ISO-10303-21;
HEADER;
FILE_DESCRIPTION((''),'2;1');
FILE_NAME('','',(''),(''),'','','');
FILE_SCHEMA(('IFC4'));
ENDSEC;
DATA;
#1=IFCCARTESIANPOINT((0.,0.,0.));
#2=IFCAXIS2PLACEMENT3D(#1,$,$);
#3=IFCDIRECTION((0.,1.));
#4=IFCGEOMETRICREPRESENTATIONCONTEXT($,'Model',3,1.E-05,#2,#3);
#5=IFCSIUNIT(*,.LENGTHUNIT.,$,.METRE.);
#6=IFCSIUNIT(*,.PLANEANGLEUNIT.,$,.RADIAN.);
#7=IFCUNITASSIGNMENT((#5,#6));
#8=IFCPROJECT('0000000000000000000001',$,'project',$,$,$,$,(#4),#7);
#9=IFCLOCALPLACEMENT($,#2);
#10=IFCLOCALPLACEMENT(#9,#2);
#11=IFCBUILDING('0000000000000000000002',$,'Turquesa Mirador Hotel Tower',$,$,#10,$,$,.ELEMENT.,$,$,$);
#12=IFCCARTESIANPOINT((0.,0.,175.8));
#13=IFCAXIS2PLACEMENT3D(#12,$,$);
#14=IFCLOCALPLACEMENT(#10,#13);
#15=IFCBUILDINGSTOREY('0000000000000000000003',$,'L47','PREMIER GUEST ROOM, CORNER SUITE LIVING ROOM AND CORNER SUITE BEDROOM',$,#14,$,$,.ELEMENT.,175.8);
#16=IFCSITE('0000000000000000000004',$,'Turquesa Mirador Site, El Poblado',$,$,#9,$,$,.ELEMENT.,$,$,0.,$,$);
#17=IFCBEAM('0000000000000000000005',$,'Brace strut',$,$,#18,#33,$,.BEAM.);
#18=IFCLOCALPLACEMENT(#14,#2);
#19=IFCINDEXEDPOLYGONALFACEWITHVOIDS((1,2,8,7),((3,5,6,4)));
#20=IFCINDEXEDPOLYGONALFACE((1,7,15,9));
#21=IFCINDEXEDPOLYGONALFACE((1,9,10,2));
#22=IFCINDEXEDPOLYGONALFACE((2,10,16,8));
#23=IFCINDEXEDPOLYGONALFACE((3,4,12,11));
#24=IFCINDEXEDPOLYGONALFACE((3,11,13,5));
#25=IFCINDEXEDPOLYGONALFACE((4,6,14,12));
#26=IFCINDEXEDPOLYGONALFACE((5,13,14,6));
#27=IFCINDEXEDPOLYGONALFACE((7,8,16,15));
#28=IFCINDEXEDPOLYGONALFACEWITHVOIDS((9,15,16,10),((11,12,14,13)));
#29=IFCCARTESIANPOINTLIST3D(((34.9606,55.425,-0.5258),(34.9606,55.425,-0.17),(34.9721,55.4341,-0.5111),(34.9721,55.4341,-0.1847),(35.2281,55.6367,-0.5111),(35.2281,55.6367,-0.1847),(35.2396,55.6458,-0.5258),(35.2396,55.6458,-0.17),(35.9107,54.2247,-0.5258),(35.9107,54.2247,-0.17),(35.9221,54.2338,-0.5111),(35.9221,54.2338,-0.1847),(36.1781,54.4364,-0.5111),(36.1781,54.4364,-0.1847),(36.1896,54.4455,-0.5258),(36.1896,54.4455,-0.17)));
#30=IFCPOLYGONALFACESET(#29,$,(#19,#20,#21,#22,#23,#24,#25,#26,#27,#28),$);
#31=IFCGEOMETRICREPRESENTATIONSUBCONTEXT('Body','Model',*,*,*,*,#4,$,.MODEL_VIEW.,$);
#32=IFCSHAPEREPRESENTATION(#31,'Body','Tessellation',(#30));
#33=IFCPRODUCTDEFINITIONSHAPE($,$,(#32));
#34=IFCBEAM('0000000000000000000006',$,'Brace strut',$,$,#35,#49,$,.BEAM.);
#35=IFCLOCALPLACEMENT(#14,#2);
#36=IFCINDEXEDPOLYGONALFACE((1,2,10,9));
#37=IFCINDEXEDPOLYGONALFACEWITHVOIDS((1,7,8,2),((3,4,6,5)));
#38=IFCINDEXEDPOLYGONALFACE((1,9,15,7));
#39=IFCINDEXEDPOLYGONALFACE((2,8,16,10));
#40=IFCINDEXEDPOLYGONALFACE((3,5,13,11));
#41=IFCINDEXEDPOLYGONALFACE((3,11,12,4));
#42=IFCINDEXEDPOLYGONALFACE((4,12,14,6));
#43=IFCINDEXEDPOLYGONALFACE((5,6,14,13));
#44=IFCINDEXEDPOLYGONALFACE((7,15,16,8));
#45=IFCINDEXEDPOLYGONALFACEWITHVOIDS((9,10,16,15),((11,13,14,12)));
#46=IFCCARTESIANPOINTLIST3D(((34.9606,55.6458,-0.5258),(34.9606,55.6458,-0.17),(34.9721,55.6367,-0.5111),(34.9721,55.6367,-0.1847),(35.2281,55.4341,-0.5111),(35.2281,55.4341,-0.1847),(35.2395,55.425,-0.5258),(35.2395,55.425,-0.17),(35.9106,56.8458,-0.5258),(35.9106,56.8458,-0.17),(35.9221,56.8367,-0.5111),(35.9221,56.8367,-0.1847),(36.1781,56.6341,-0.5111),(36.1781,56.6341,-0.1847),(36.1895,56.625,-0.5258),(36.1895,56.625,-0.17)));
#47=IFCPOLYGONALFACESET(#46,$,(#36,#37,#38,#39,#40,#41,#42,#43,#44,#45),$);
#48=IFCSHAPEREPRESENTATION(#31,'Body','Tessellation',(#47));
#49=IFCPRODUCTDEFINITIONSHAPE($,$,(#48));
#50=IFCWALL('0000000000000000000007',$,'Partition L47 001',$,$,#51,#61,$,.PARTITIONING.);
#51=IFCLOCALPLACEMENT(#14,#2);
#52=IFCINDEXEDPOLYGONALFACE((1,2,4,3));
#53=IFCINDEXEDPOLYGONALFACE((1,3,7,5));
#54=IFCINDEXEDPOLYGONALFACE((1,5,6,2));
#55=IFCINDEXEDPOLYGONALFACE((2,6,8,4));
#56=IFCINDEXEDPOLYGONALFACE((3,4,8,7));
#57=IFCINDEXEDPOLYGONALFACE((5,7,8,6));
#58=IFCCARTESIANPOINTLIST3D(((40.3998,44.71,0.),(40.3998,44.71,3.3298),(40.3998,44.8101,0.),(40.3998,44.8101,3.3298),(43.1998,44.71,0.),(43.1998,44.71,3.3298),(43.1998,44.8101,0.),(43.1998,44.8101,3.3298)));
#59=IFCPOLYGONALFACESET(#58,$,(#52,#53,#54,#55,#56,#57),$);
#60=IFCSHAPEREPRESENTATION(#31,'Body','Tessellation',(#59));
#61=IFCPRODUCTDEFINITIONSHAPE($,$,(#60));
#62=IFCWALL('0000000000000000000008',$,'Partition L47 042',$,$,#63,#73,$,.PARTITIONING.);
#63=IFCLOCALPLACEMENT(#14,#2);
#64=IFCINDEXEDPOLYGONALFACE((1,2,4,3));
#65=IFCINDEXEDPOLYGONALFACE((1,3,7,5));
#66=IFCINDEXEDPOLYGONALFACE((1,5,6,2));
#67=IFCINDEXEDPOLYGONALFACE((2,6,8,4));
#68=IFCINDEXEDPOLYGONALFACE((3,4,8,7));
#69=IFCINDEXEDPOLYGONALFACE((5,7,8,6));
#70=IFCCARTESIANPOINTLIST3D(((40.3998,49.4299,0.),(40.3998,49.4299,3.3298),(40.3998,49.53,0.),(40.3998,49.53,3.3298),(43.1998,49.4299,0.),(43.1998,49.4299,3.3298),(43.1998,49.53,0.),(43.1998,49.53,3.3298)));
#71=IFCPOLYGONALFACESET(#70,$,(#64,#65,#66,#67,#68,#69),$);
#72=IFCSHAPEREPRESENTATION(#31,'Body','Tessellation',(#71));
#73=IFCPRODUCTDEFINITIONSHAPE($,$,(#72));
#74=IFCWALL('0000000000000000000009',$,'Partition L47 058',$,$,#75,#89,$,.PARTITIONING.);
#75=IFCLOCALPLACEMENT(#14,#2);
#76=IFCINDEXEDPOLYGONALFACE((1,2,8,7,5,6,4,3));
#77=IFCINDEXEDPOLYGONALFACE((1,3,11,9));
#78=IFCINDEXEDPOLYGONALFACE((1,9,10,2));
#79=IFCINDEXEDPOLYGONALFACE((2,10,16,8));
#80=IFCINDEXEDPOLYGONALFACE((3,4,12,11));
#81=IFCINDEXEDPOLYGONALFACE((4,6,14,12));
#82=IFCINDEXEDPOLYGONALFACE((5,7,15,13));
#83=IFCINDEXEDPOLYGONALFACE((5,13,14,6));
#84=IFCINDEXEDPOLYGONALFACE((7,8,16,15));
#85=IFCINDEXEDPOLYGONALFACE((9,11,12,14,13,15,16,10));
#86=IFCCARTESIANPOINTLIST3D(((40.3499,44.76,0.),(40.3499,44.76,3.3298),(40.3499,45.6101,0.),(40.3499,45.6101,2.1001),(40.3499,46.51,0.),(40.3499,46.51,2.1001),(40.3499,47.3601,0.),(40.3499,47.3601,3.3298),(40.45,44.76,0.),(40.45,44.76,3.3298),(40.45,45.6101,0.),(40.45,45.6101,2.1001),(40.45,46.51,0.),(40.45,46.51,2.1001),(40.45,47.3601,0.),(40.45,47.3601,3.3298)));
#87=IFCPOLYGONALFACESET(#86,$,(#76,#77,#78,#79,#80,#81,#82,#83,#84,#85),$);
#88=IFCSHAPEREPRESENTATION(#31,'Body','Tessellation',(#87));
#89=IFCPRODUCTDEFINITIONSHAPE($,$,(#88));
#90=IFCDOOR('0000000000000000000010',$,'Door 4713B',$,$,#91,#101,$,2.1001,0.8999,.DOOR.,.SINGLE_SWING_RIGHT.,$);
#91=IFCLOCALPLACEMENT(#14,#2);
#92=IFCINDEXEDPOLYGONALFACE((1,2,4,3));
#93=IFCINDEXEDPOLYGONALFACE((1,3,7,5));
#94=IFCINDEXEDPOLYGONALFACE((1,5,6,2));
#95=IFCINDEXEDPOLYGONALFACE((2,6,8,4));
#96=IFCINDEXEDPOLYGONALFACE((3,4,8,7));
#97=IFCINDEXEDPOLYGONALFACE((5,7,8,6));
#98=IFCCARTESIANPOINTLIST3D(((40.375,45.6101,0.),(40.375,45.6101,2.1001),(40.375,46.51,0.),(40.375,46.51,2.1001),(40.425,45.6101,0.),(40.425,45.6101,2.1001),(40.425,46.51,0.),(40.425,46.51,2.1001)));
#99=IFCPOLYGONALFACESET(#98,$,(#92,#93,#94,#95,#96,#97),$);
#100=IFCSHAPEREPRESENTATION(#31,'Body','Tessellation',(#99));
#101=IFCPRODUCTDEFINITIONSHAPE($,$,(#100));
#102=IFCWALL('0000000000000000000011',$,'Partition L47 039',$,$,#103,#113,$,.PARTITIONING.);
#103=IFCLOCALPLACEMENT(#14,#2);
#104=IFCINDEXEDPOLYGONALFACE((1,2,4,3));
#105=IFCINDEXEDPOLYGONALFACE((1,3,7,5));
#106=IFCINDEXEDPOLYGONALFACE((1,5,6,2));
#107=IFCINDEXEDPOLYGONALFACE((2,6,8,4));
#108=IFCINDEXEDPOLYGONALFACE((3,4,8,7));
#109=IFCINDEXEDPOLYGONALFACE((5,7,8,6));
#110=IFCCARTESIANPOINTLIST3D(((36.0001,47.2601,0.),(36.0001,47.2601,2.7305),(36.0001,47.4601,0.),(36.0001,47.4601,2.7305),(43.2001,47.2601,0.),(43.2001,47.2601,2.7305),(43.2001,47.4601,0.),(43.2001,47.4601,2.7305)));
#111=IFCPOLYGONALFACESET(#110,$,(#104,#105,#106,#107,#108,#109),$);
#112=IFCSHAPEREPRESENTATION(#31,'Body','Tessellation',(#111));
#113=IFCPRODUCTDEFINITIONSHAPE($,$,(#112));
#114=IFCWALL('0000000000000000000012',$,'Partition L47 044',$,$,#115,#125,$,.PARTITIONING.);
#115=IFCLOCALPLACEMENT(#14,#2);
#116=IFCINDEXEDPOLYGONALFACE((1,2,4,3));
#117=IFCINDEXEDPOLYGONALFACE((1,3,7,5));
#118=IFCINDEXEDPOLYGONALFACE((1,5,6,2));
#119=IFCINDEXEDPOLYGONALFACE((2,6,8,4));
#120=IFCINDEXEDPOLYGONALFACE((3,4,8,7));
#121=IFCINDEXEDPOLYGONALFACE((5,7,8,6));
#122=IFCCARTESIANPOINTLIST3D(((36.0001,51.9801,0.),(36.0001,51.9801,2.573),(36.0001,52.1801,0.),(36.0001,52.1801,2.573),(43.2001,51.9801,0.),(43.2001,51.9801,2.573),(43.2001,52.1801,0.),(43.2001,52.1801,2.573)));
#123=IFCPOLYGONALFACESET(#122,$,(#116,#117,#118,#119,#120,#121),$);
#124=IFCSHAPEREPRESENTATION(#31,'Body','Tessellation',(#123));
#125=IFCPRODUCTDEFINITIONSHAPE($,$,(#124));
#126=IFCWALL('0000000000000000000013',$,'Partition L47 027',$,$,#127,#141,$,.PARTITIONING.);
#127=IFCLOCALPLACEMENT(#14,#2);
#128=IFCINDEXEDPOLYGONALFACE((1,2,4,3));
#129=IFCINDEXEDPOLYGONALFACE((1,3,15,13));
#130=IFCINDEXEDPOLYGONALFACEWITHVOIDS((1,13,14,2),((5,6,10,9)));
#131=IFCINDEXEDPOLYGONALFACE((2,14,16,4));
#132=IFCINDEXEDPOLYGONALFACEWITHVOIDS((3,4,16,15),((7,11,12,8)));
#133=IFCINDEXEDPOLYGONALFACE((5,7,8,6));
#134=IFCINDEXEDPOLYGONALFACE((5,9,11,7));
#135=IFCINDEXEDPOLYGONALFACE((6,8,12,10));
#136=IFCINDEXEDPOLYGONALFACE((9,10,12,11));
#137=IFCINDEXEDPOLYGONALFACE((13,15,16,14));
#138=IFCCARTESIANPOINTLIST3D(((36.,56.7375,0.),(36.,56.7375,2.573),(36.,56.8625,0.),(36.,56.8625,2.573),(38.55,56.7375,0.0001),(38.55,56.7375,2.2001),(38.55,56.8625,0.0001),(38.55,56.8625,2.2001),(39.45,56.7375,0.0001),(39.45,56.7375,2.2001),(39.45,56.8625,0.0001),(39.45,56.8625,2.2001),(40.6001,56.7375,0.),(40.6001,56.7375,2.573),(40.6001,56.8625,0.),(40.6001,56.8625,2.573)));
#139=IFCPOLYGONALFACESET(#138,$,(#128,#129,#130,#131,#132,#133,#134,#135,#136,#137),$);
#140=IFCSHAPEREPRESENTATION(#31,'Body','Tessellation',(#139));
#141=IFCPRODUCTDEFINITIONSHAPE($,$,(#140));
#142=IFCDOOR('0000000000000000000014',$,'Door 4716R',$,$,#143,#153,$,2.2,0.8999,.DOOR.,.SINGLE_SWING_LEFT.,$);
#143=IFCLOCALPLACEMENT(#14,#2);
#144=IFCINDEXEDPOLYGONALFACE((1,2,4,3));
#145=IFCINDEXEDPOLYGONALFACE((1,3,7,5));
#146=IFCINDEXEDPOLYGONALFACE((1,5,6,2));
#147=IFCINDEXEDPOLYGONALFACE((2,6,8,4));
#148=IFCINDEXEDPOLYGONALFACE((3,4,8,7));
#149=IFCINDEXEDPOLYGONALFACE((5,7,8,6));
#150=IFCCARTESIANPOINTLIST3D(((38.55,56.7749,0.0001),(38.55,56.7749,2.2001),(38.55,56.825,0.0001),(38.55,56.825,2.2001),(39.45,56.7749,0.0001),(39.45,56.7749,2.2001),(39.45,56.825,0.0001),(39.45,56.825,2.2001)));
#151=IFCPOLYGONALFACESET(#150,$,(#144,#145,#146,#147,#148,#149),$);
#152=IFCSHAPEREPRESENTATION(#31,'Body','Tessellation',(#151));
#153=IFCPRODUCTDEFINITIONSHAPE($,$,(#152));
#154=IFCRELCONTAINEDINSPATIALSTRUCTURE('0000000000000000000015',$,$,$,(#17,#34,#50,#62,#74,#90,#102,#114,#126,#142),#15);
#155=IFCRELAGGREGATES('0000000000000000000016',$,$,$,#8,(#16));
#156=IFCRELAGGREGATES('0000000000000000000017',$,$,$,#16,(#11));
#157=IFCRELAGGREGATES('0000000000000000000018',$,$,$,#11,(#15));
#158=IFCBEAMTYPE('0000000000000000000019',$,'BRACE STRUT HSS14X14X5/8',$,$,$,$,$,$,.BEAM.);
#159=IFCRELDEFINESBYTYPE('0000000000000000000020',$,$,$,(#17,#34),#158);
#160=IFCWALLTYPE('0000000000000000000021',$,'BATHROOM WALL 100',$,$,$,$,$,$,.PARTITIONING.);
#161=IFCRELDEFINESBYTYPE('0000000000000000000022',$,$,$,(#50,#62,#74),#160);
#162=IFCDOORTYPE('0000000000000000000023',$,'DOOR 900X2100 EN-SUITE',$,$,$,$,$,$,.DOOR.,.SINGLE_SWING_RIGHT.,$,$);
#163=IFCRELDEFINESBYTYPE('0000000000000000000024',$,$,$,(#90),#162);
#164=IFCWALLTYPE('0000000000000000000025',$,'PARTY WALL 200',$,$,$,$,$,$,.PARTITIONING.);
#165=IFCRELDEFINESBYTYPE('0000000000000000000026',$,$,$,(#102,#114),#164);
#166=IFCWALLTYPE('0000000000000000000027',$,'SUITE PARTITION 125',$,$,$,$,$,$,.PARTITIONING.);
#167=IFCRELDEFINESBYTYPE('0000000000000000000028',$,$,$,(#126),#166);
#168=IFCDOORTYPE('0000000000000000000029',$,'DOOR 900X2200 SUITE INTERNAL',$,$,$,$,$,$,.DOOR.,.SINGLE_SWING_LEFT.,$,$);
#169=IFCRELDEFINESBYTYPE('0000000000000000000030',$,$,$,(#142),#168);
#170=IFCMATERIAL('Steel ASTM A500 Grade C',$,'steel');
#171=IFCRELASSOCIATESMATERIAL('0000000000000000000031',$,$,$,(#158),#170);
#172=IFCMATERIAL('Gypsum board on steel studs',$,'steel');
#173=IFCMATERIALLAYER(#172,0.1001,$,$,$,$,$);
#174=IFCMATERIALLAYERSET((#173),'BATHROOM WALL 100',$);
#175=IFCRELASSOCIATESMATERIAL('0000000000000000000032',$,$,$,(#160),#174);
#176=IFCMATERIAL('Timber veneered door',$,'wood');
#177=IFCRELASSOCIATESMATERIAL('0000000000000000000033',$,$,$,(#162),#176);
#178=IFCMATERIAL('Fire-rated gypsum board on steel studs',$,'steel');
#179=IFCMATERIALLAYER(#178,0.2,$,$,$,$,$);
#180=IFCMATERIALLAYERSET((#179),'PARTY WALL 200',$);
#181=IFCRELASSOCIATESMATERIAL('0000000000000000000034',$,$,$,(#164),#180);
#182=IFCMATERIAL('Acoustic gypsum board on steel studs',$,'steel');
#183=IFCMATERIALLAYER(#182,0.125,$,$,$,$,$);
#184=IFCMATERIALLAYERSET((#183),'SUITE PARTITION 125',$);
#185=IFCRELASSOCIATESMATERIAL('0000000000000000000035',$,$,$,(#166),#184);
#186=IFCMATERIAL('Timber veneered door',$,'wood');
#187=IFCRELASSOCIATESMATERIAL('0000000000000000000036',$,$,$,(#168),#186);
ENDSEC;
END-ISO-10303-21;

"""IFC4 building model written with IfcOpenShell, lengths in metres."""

from ifc_helpers import new_model, si_unit, direction, frame, frame_2d, origin, origin_2d, place, context, subcontext, project, spatial, rectangle, hollow_rectangle, extrude, material, layer, layer_set, material_profile, profile_set, type_object, element, fill, save


model = new_model("IFC4")

# Units and contexts
model_context = context("Model", 3, precision=1e-05, world=origin(), true_north=direction((0.0, 1.0)))
body_context = subcontext(model_context, "Body", "Model", "MODEL_VIEW")
ifc_project = project(units=[si_unit("LENGTHUNIT", "METRE"), si_unit("PLANEANGLEUNIT", "RADIAN")], contexts=[model_context])

# Site, building, storey
site_placement = place(None, origin())
site = spatial("IfcSite", under=ifc_project, at=site_placement, Name="Turquesa Mirador Site, El Poblado", CompositionType="ELEMENT", RefElevation=0.0)
building_placement = place(site_placement, origin())
building = spatial("IfcBuilding", under=site, at=building_placement, Name="Turquesa Mirador Hotel Tower", CompositionType="ELEMENT")
storey_placement = place(building_placement, frame((0.0, 0.0, 175.8)))
storey = spatial("IfcBuildingStorey", under=building, at=storey_placement, Name="L47", Description="PREMIER GUEST ROOM, CORNER SUITE LIVING ROOM AND CORNER SUITE BEDROOM", CompositionType="ELEMENT", Elevation=175.8)

# Beams
ifc_material_1 = material(Name="Steel ASTM A500 Grade C", Category="steel")
ifc_material_profile_1 = material_profile(ifc_material_1, hollow_rectangle(XDim=0.3557, YDim=0.3557, WallThickness=0.0146, at=origin_2d()), Name="HSS14X14X5/8")
ifc_profile_set_1 = profile_set([ifc_material_profile_1], Name="Steel ASTM A500 Grade C")
beam_type_1 = type_object("IfcBeamType", Name="BRACE STRUT HSS14X14X5/8", PredefinedType="BEAM", material=ifc_profile_set_1)
beam_1_placement = place(storey_placement, frame((35.1001, 55.5354, -0.3479), z_axis=(0.620621, -0.784111, 0.0), x_axis=(0.784111, 0.620621, 0.0)))
element("IfcBeam", 1, at=beam_1_placement, inside=storey, type_object=beam_type_1, Name="Brace strut", PredefinedType="BEAM", context=body_context, shape_type="SweptSolid", body=[
    extrude(hollow_rectangle(XDim=0.3557, YDim=0.3557, WallThickness=0.0146, at=origin_2d()), origin(), (0.0, 0.0, 1.0), 1.5308),
])
beam_2_placement = place(storey_placement, frame((35.1001, 55.5354, -0.3479), z_axis=(0.620699, 0.784049, 0.0), x_axis=(-0.784049, 0.620699, 0.0)))
element("IfcBeam", 2, at=beam_2_placement, inside=storey, type_object=beam_type_1, Name="Brace strut", PredefinedType="BEAM", context=body_context, shape_type="SweptSolid", body=[
    extrude(hollow_rectangle(XDim=0.3557, YDim=0.3557, WallThickness=0.0146, at=origin_2d()), origin(), (0.0, 0.0, 1.0), 1.5305),
])

# Walls
ifc_material_2 = material(Name="Gypsum board on steel studs", Category="steel")
ifc_layer_1 = layer(ifc_material_2, 0.1001)
ifc_layer_set_1 = layer_set([ifc_layer_1], Name="BATHROOM WALL 100")
wall_type_1 = type_object("IfcWallType", Name="BATHROOM WALL 100", PredefinedType="PARTITIONING", material=ifc_layer_set_1)
for number, where, z_axis, x_axis, name in (
    (3, (40.3999, 44.76, 0.0), (0.0, 0.0, 1.0), (1.0, 0.0, 0.0), "Partition L47 001"),
    (4, (40.3999, 49.48, 0.0), (0.0, 0.0, 1.0), (1.0, 0.0, 0.0), "Partition L47 042"),
):
    element("IfcWall", number, at=place(storey_placement, frame(where, z_axis=z_axis, x_axis=x_axis)), inside=storey, type_object=wall_type_1, Name=name, PredefinedType="PARTITIONING", context=body_context, shape_type="SweptSolid", body=[
        extrude(rectangle(XDim=2.8, YDim=0.1001, at=frame_2d((1.3999, 0.0))), origin(), (0.0, 0.0, 1.0), 3.3298),
    ])

# Wall, opening, door
wall_1_placement = place(storey_placement, frame((40.3999, 44.76, 0.0), z_axis=(0.0, 0.0, 1.0), x_axis=(0.0, 1.0, 0.0)))
wall_1 = element("IfcWall", 5, at=wall_1_placement, inside=storey, type_object=wall_type_1, Name="Partition L47 058", PredefinedType="PARTITIONING", context=body_context, shape_type="SweptSolid", body=[
    extrude(rectangle(XDim=2.6001, YDim=0.1001, at=frame_2d((1.3, 0.0))), origin(), (0.0, 0.0, 1.0), 3.3298),
])
opening_1_placement = place(wall_1_placement, frame((0.8501, 0.0, 0.0)))
opening_1 = element("IfcOpeningElement", 6, at=opening_1_placement, cuts=wall_1, PredefinedType="OPENING", context=body_context, shape_type="SweptSolid", body=[
    extrude(rectangle(XDim=0.8999, YDim=2.1001, at=frame_2d((0.45, 1.05))), frame((0.0, 0.0601, 0.0), z_axis=(0.0, -1.0, 0.0), x_axis=(1.0, 0.0, 0.0)), (0.0, 0.0, 1.0), 0.1201),
])
ifc_material_3 = material(Name="Timber veneered door", Category="wood")
door_type_1 = type_object("IfcDoorType", Name="DOOR 900X2100 EN-SUITE", OperationType="SINGLE_SWING_RIGHT", PredefinedType="DOOR", material=ifc_material_3)
door_1_placement = place(opening_1_placement, origin())
door_1 = element("IfcDoor", 7, at=door_1_placement, inside=storey, type_object=door_type_1, Name="Door 4713B", OperationType="SINGLE_SWING_RIGHT", OverallHeight=2.1001, OverallWidth=0.8999, PredefinedType="DOOR", context=body_context, shape_type="SweptSolid", body=[
    extrude(rectangle(XDim=0.8999, YDim=2.1001, at=frame_2d((0.45, 1.05))), frame((0.0, 0.0249, 0.0), z_axis=(0.0, -1.0, 0.0), x_axis=(1.0, 0.0, 0.0)), (0.0, 0.0, 1.0), 0.05),
])
fill(opening_1, door_1)

# Walls
ifc_material_4 = material(Name="Fire-rated gypsum board on steel studs", Category="steel")
ifc_layer_2 = layer(ifc_material_4, 0.2)
ifc_layer_set_2 = layer_set([ifc_layer_2], Name="PARTY WALL 200")
wall_type_2 = type_object("IfcWallType", Name="PARTY WALL 200", PredefinedType="PARTITIONING", material=ifc_layer_set_2)
wall_2_placement = place(storey_placement, frame((36.0, 47.3601, 0.0), z_axis=(0.0, 0.0, 1.0), x_axis=(1.0, 0.0, 0.0)))
element("IfcWall", 8, at=wall_2_placement, inside=storey, type_object=wall_type_2, Name="Partition L47 039", PredefinedType="PARTITIONING", context=body_context, shape_type="SweptSolid", body=[
    extrude(rectangle(XDim=7.2, YDim=0.2, at=frame_2d((3.6001, 0.0))), origin(), (0.0, 0.0, 1.0), 2.7305),
])
wall_3_placement = place(storey_placement, frame((36.0, 52.0801, 0.0), z_axis=(0.0, 0.0, 1.0), x_axis=(1.0, 0.0, 0.0)))
element("IfcWall", 9, at=wall_3_placement, inside=storey, type_object=wall_type_2, Name="Partition L47 044", PredefinedType="PARTITIONING", context=body_context, shape_type="SweptSolid", body=[
    extrude(rectangle(XDim=7.2, YDim=0.2, at=frame_2d((3.6001, 0.0))), origin(), (0.0, 0.0, 1.0), 2.573),
])

# Wall, opening, door
ifc_material_5 = material(Name="Acoustic gypsum board on steel studs", Category="steel")
ifc_layer_3 = layer(ifc_material_5, 0.125)
ifc_layer_set_3 = layer_set([ifc_layer_3], Name="SUITE PARTITION 125")
wall_type_3 = type_object("IfcWallType", Name="SUITE PARTITION 125", PredefinedType="PARTITIONING", material=ifc_layer_set_3)
wall_4_placement = place(storey_placement, frame((36.0, 56.8, 0.0), z_axis=(0.0, 0.0, 1.0), x_axis=(1.0, 0.0, 0.0)))
wall_4 = element("IfcWall", 10, at=wall_4_placement, inside=storey, type_object=wall_type_3, Name="Partition L47 027", PredefinedType="PARTITIONING", context=body_context, shape_type="SweptSolid", body=[
    extrude(rectangle(XDim=4.6001, YDim=0.125, at=frame_2d((2.3, 0.0))), origin(), (0.0, 0.0, 1.0), 2.573),
])
opening_2_placement = place(wall_4_placement, frame((2.55, 0.0, 0.0)))
opening_2 = element("IfcOpeningElement", 11, at=opening_2_placement, cuts=wall_4, PredefinedType="OPENING", context=body_context, shape_type="SweptSolid", body=[
    extrude(rectangle(XDim=0.8999, YDim=2.2, at=frame_2d((0.45, 1.1001))), frame((0.0, 0.0725, 0.0), z_axis=(0.0, -1.0, 0.0), x_axis=(1.0, 0.0, 0.0)), (0.0, 0.0, 1.0), 0.145),
])
ifc_material_6 = material(Name="Timber veneered door", Category="wood")
door_type_2 = type_object("IfcDoorType", Name="DOOR 900X2200 SUITE INTERNAL", OperationType="SINGLE_SWING_LEFT", PredefinedType="DOOR", material=ifc_material_6)
door_2_placement = place(opening_2_placement, origin())
door_2 = element("IfcDoor", 12, at=door_2_placement, inside=storey, type_object=door_type_2, Name="Door 4716R", OperationType="SINGLE_SWING_LEFT", OverallHeight=2.2, OverallWidth=0.8999, PredefinedType="DOOR", context=body_context, shape_type="SweptSolid", body=[
    extrude(rectangle(XDim=0.8999, YDim=2.2, at=frame_2d((0.45, 1.1001))), frame((0.0, 0.0249, 0.0), z_axis=(0.0, -1.0, 0.0), x_axis=(1.0, 0.0, 0.0)), (0.0, 0.0, 1.0), 0.05),
])
fill(opening_2, door_2)

save(model, "model.ifc")
